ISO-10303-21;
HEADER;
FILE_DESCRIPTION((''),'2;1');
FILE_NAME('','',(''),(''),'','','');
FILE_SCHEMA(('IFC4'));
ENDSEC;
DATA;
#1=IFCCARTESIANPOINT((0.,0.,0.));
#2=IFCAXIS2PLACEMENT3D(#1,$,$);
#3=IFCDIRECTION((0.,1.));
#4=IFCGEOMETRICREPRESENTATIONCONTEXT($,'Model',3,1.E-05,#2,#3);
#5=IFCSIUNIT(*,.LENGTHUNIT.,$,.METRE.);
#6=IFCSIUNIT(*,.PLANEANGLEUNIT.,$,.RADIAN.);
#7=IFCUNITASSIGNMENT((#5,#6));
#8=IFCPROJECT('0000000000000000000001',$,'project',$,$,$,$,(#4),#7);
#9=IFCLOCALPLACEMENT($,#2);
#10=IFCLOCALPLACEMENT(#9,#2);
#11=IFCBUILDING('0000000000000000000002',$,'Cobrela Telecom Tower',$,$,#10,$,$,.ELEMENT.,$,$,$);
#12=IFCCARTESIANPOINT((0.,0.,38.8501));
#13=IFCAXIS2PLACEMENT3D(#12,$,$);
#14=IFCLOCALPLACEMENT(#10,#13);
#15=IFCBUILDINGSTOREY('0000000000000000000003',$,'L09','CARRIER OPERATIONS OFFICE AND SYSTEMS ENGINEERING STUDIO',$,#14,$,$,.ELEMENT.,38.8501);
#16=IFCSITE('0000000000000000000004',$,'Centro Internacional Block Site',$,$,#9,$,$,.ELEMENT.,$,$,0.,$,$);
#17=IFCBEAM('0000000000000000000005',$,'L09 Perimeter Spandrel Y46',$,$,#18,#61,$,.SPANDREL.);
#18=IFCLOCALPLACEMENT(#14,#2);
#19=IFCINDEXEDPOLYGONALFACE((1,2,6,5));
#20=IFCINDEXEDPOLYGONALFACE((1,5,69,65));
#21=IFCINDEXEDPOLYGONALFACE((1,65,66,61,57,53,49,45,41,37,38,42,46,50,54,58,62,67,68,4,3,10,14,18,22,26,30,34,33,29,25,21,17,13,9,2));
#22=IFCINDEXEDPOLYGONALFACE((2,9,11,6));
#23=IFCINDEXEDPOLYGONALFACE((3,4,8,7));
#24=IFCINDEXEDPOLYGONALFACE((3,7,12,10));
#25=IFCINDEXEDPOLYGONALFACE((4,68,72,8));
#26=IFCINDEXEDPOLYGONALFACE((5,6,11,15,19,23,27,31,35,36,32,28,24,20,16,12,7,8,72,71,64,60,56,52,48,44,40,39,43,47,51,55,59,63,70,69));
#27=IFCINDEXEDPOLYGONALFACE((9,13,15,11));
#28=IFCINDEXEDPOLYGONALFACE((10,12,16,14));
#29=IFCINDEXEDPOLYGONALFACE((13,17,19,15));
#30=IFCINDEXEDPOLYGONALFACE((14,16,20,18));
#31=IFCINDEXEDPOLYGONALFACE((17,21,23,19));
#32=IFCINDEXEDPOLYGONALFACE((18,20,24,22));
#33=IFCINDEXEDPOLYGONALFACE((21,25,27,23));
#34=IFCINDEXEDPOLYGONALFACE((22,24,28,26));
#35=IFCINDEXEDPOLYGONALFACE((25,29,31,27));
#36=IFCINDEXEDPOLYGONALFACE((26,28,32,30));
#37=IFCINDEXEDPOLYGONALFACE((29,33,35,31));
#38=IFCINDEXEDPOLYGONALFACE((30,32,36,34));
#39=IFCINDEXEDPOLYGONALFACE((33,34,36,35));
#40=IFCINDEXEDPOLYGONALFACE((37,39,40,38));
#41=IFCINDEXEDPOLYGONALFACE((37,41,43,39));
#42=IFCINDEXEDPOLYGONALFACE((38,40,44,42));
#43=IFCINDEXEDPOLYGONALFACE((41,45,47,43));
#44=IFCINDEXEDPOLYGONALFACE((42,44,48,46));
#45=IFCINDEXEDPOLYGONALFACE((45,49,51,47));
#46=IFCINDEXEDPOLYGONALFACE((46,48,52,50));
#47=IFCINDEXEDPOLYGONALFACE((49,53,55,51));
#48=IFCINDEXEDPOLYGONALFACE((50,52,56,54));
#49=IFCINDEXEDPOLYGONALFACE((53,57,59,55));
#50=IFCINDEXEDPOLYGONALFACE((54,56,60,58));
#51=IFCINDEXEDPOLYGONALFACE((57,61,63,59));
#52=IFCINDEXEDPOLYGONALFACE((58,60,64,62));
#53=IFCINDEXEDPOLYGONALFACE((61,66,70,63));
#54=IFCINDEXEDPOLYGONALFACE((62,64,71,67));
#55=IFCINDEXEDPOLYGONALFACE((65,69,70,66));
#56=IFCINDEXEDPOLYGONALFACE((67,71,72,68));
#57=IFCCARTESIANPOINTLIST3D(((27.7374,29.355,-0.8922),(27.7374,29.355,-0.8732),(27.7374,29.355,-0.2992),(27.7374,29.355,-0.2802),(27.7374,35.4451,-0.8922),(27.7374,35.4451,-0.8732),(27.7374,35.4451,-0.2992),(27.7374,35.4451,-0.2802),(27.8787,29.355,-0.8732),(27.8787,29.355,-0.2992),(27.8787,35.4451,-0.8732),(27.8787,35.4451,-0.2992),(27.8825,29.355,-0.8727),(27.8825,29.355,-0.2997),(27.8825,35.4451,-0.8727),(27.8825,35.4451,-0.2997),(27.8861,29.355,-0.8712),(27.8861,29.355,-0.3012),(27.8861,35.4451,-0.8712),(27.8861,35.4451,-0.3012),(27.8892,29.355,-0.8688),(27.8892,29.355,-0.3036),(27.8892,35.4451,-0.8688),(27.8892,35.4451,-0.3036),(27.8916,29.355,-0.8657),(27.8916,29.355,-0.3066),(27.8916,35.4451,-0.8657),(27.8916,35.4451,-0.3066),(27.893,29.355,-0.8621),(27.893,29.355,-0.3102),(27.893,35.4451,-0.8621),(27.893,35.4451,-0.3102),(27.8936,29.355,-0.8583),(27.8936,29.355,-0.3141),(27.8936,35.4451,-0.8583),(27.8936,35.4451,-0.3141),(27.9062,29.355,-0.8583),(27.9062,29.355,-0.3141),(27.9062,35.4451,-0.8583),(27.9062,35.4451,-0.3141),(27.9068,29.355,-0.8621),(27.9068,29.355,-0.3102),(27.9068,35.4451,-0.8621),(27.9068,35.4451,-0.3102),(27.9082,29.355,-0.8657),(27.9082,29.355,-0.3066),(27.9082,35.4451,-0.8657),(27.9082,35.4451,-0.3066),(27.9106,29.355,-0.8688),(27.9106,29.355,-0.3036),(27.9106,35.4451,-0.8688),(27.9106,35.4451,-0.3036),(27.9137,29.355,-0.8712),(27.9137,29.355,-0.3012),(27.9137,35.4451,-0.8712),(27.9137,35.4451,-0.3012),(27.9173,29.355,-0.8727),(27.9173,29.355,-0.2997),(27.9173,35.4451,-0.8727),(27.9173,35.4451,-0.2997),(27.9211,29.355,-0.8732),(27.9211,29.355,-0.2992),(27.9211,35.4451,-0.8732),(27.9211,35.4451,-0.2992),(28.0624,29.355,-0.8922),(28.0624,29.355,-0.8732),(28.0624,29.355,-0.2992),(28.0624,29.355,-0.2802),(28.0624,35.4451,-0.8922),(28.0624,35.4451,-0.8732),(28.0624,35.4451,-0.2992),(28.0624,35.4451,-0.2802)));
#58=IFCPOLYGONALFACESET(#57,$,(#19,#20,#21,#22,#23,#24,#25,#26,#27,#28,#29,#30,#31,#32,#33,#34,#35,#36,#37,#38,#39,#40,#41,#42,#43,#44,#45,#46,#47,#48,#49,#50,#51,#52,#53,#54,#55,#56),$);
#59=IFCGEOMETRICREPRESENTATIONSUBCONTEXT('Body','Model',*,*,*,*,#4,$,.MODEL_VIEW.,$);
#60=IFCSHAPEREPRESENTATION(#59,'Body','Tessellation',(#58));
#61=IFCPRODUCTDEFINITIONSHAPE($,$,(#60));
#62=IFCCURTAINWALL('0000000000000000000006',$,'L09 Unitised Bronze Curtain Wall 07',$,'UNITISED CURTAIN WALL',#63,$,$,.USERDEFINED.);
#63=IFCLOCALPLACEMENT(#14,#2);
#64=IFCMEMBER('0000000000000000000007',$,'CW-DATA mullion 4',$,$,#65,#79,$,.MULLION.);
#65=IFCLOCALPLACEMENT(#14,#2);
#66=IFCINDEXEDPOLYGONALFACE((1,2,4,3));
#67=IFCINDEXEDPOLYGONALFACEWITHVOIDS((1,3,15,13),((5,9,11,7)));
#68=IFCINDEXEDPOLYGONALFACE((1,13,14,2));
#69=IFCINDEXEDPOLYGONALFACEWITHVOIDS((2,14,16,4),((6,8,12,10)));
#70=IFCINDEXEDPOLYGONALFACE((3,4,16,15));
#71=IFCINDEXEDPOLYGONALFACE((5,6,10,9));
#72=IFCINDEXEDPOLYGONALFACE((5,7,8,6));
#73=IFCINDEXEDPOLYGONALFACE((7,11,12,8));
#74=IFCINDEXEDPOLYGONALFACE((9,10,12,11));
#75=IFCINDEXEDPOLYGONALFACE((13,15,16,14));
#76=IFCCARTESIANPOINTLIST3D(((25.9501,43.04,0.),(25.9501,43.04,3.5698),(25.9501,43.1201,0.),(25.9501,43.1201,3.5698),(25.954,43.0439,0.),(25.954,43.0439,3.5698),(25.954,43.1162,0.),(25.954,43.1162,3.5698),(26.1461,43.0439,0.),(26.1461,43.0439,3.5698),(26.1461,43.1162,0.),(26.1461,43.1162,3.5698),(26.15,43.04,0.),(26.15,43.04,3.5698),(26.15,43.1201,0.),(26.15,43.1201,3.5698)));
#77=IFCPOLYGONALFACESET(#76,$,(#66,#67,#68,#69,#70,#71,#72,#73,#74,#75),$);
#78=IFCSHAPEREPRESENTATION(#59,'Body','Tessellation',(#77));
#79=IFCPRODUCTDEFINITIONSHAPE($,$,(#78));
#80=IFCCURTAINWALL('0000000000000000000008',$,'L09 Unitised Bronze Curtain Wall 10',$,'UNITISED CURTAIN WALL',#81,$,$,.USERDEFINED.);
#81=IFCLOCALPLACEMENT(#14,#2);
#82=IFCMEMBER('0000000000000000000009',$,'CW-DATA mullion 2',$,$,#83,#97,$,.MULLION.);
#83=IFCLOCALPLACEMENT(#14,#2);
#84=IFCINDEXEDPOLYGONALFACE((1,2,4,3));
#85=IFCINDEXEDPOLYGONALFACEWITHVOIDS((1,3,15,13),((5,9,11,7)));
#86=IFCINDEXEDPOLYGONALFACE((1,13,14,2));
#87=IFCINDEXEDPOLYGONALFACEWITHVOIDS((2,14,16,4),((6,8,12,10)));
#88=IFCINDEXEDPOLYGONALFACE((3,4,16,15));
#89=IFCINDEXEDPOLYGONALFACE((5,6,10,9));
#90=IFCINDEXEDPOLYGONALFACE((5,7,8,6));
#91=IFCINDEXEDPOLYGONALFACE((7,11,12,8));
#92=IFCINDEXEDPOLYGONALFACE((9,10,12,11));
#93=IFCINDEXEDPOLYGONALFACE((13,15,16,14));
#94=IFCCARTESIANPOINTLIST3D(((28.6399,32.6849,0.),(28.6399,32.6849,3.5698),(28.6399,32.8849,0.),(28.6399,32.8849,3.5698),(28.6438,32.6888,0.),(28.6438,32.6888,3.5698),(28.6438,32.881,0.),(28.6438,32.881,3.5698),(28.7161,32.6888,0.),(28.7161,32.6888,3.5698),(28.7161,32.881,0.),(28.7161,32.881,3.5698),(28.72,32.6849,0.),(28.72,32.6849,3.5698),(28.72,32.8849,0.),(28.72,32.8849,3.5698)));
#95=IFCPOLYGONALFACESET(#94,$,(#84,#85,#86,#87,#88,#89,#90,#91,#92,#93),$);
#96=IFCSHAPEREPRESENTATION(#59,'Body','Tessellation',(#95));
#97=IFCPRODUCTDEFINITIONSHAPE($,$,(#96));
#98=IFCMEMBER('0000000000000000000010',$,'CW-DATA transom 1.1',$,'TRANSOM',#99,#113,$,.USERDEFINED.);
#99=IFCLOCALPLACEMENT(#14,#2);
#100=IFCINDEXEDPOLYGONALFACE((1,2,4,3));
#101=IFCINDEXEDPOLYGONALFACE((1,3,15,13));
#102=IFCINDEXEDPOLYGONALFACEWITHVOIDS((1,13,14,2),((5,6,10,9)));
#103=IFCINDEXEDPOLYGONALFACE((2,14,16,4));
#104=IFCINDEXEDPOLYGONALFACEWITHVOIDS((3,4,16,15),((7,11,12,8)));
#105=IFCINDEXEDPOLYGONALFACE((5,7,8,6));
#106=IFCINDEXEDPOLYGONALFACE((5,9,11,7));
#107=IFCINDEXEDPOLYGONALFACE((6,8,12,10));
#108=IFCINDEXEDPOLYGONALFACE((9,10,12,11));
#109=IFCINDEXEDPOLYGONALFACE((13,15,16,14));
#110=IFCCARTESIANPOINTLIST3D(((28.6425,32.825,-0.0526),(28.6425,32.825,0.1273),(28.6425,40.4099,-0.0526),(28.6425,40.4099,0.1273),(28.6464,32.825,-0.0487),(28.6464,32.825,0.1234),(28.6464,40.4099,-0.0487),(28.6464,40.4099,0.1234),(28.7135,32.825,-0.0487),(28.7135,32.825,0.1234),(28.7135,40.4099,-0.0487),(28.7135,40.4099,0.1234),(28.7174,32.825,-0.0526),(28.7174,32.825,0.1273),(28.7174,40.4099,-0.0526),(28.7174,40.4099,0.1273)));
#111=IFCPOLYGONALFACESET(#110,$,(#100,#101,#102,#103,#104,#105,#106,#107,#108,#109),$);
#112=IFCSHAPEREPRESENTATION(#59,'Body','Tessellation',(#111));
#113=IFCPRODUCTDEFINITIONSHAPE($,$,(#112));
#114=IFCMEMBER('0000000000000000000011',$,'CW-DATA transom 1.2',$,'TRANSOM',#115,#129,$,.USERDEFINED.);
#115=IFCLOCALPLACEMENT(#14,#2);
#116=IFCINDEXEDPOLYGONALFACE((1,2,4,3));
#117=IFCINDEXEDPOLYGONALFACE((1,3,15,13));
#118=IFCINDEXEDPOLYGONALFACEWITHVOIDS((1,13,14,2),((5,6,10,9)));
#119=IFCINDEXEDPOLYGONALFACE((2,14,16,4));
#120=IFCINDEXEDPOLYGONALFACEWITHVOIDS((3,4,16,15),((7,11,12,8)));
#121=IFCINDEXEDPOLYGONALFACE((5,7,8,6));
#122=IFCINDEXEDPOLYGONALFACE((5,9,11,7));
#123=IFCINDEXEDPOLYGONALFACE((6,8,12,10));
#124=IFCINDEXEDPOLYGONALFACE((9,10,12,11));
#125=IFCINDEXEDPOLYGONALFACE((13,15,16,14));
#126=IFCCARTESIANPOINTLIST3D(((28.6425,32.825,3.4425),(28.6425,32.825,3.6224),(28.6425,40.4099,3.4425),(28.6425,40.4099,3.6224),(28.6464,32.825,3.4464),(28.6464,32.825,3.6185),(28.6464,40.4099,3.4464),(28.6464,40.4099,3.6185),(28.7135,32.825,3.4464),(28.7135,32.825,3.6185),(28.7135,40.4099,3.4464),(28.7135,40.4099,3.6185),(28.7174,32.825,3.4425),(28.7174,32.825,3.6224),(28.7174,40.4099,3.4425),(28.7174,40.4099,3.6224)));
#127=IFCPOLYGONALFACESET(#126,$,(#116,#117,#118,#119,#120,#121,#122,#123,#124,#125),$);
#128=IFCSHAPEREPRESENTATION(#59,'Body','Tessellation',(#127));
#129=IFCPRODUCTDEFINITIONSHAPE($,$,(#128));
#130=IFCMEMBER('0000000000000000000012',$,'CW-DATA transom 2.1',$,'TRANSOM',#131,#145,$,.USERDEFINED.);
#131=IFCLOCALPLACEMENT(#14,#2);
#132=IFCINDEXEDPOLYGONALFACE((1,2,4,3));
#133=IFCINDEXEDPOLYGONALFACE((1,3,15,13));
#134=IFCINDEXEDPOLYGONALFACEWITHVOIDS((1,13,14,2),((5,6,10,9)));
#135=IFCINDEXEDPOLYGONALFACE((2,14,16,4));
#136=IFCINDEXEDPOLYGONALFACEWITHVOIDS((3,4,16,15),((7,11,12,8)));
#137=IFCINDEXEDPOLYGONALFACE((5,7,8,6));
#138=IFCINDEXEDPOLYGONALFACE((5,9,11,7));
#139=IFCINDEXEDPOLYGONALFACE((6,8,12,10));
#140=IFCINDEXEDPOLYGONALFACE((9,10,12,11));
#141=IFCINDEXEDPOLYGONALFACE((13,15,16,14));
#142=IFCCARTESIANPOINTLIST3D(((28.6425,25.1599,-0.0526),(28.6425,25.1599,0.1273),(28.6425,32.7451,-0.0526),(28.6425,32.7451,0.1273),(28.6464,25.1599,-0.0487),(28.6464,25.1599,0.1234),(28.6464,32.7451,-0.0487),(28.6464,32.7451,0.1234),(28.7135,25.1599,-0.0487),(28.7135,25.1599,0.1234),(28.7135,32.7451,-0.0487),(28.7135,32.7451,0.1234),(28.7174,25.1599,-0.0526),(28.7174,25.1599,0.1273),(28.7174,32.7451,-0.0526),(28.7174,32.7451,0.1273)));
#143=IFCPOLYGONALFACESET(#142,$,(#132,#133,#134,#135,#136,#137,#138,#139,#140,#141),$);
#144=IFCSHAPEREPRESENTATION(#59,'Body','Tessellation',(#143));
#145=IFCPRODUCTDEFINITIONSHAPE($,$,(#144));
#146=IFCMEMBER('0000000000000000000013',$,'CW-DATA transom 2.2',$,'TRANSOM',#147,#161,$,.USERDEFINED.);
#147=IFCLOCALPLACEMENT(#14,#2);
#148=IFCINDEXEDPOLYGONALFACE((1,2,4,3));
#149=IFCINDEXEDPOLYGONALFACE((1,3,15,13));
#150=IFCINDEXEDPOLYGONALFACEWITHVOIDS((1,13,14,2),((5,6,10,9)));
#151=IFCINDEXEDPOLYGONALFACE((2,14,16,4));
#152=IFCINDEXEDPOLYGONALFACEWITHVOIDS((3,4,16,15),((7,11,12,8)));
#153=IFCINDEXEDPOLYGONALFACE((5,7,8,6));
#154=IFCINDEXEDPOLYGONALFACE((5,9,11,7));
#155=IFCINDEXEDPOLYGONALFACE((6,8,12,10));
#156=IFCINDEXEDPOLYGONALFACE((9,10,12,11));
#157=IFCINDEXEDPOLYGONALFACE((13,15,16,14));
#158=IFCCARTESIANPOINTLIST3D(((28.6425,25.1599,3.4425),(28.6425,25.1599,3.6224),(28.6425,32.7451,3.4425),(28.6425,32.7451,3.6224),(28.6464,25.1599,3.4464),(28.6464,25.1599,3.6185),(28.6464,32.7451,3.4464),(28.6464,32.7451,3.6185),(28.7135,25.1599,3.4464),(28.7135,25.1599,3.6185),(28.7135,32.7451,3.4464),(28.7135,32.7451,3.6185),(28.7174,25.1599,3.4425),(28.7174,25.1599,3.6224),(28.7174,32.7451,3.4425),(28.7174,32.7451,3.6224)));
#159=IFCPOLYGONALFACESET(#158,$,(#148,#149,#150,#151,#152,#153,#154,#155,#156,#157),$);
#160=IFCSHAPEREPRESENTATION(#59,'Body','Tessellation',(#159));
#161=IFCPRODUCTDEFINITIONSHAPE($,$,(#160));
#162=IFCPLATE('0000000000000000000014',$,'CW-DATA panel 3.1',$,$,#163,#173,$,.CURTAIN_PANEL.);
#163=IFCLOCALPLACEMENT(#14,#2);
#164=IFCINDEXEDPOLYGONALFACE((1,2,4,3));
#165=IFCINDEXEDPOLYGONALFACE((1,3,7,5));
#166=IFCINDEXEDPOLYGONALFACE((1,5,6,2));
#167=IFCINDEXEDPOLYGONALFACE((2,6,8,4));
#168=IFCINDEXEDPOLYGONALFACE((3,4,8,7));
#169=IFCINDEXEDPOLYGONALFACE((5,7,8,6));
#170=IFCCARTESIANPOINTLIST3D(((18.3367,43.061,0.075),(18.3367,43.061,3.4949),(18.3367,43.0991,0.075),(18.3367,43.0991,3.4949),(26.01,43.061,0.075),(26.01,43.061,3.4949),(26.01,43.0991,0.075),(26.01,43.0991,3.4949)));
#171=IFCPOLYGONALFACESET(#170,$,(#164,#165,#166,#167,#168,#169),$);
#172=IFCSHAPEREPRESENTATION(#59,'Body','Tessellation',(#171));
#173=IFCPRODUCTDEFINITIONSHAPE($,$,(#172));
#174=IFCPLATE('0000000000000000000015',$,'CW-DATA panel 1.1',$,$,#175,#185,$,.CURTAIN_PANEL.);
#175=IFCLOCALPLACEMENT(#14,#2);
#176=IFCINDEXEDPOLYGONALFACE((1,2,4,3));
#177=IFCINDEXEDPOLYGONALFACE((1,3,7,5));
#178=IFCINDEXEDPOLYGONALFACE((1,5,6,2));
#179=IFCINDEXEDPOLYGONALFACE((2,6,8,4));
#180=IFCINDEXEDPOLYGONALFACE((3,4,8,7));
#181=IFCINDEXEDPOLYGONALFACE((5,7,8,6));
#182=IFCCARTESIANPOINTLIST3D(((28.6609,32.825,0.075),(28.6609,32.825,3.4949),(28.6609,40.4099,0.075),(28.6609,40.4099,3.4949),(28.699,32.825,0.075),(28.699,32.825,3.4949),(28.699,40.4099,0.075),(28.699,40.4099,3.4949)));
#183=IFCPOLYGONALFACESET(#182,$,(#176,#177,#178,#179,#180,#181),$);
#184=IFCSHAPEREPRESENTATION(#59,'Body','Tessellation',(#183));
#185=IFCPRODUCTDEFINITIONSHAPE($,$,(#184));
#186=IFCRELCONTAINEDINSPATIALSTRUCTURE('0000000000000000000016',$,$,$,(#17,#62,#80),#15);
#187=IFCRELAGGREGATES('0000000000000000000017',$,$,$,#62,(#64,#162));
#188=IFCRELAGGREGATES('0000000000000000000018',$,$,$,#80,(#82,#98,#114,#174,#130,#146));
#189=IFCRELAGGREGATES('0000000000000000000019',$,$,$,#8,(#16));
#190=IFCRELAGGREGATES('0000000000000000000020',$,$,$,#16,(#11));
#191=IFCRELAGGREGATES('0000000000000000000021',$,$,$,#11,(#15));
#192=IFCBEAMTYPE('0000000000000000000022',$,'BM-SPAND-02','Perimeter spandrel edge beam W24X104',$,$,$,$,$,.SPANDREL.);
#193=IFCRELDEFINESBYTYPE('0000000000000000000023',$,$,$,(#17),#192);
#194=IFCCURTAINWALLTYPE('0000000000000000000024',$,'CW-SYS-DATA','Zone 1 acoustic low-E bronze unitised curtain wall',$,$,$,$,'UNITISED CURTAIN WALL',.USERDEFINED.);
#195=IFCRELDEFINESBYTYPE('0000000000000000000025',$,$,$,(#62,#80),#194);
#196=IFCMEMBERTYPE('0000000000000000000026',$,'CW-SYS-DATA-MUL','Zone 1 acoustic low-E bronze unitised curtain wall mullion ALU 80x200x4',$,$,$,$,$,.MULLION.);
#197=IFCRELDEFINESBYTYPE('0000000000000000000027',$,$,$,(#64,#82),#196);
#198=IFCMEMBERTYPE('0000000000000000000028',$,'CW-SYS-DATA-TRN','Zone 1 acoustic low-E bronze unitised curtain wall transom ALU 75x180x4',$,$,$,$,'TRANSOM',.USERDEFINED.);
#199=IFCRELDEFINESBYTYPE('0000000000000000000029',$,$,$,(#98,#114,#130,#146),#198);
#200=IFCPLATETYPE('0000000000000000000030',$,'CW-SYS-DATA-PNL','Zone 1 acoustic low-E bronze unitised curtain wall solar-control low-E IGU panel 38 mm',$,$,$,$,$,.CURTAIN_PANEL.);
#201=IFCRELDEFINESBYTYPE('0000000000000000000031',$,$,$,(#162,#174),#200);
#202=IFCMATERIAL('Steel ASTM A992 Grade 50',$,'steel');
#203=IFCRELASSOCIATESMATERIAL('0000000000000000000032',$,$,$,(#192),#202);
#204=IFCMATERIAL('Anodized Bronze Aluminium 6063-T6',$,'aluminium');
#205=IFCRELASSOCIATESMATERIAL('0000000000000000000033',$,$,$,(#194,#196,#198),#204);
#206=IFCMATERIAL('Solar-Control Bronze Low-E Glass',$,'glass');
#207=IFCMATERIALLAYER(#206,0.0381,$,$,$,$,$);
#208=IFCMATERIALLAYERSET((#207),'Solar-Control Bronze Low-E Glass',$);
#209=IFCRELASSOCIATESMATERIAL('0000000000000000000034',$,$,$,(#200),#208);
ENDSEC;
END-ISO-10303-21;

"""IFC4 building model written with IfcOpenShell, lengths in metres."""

from ifc_helpers import new_model, si_unit, direction, frame, origin, origin_2d, place, context, subcontext, project, spatial, rectangle, hollow_rectangle, i_section, extrude, material, layer, layer_set, material_profile, profile_set, type_object, element, aggregate, save


model = new_model("IFC4")

# Units and contexts
model_context = context("Model", 3, precision=1e-05, world=origin(), true_north=direction((0.0, 1.0)))
body_context = subcontext(model_context, "Body", "Model", "MODEL_VIEW")
ifc_project = project(units=[si_unit("LENGTHUNIT", "METRE"), si_unit("PLANEANGLEUNIT", "RADIAN")], contexts=[model_context])

# Site, building, storey
site_placement = place(None, origin())
site = spatial("IfcSite", under=ifc_project, at=site_placement, Name="Centro Internacional Block Site", CompositionType="ELEMENT", RefElevation=0.0)
building_placement = place(site_placement, origin())
building = spatial("IfcBuilding", under=site, at=building_placement, Name="Cobrela Telecom Tower", CompositionType="ELEMENT")
storey_placement = place(building_placement, frame((0.0, 0.0, 38.8501)))
storey = spatial("IfcBuildingStorey", under=building, at=storey_placement, Name="L09", Description="CARRIER OPERATIONS OFFICE AND SYSTEMS ENGINEERING STUDIO", CompositionType="ELEMENT", Elevation=38.8501)

# Shared definitions
ifc_material_1 = material(Name="Steel ASTM A992 Grade 50", Category="steel")

# Beam
ifc_material_profile_1 = material_profile(ifc_material_1, i_section(OverallWidth=0.325, OverallDepth=0.6121, WebThickness=0.0127, FlangeThickness=0.019, FilletRadius=0.0149, at=origin_2d()), Name="W24X104")
ifc_profile_set_1 = profile_set([ifc_material_profile_1], Name="Steel ASTM A992 Grade 50")
beam_type_1 = type_object("IfcBeamType", Name="BM-SPAND-02", Description="Perimeter spandrel edge beam W24X104", PredefinedType="SPANDREL", material=ifc_profile_set_1)
beam_1_placement = place(storey_placement, frame((27.8999, 29.355, -0.5862), z_axis=(0.0, 1.0, 0.0), x_axis=(-1.0, 0.0, 0.0)))
element("IfcBeam", 1, at=beam_1_placement, inside=storey, type_object=beam_type_1, Name="L09 Perimeter Spandrel Y46", PredefinedType="SPANDREL", context=body_context, shape_type="SweptSolid", body=[
    extrude(i_section(OverallWidth=0.325, OverallDepth=0.6121, WebThickness=0.0127, FlangeThickness=0.019, FilletRadius=0.0149, at=origin_2d()), origin(), (0.0, 0.0, 1.0), 6.0901),
])

# Curtain wall, member
ifc_material_2 = material(Name="Anodized Bronze Aluminium 6063-T6", Category="aluminium")
curtain_wall_type = type_object("IfcCurtainWallType", Name="CW-SYS-DATA", Description="Zone 1 acoustic low-E bronze unitised curtain wall", ElementType="UNITISED CURTAIN WALL", PredefinedType="USERDEFINED", material=ifc_material_2)
curtain_wall_1_placement = place(storey_placement, origin())
curtain_wall_1 = element("IfcCurtainWall", 2, at=curtain_wall_1_placement, inside=storey, type_object=curtain_wall_type, Name="L09 Unitised Bronze Curtain Wall 07", ObjectType="UNITISED CURTAIN WALL", PredefinedType="USERDEFINED")
ifc_material_profile_2 = material_profile(ifc_material_2, hollow_rectangle(XDim=0.0801, YDim=0.2, WallThickness=0.0039, at=origin_2d()), Name="ALU 80x200x4")
ifc_profile_set_2 = profile_set([ifc_material_profile_2], Name="Anodized Bronze Aluminium 6063-T6")
member_type_1 = type_object("IfcMemberType", Name="CW-SYS-DATA-MUL", Description="Zone 1 acoustic low-E bronze unitised curtain wall mullion ALU 80x200x4", PredefinedType="MULLION", material=ifc_profile_set_2)
member_1_placement = place(storey_placement, frame((26.05, 43.0801, 0.0), z_axis=(0.0, 0.0, 1.0), x_axis=(0.0, 1.0, 0.0)))
member_1 = element("IfcMember", 3, at=member_1_placement, type_object=member_type_1, Name="CW-DATA mullion 4", PredefinedType="MULLION", context=body_context, shape_type="SweptSolid", body=[
    extrude(hollow_rectangle(XDim=0.0801, YDim=0.2, WallThickness=0.0039, at=origin_2d()), origin(), (0.0, 0.0, 1.0), 3.5698),
])

# Curtain wall, members
curtain_wall_2_placement = place(storey_placement, origin())
curtain_wall_2 = element("IfcCurtainWall", 4, at=curtain_wall_2_placement, inside=storey, type_object=curtain_wall_type, Name="L09 Unitised Bronze Curtain Wall 10", ObjectType="UNITISED CURTAIN WALL", PredefinedType="USERDEFINED")
member_2_placement = place(storey_placement, frame((28.6799, 32.7849, 0.0), z_axis=(0.0, 0.0, 1.0), x_axis=(1.0, 0.0, 0.0)))
member_2 = element("IfcMember", 5, at=member_2_placement, type_object=member_type_1, Name="CW-DATA mullion 2", PredefinedType="MULLION", context=body_context, shape_type="SweptSolid", body=[
    extrude(hollow_rectangle(XDim=0.0801, YDim=0.2, WallThickness=0.0039, at=origin_2d()), origin(), (0.0, 0.0, 1.0), 3.5698),
])
ifc_material_profile_3 = material_profile(ifc_material_2, hollow_rectangle(XDim=0.075, YDim=0.1799, WallThickness=0.0039, at=origin_2d()), Name="ALU 75x180x4")
ifc_profile_set_3 = profile_set([ifc_material_profile_3], Name="Anodized Bronze Aluminium 6063-T6")
member_type_2 = type_object("IfcMemberType", Name="CW-SYS-DATA-TRN", Description="Zone 1 acoustic low-E bronze unitised curtain wall transom ALU 75x180x4", ElementType="TRANSOM", PredefinedType="USERDEFINED", material=ifc_profile_set_3)
member_3_placement = place(storey_placement, frame((28.6799, 40.4099, 0.0374), z_axis=(0.0, -1.0, 0.0), x_axis=(1.0, 0.0, 0.0)))
member_3 = element("IfcMember", 6, at=member_3_placement, type_object=member_type_2, Name="CW-DATA transom 1.1", ObjectType="TRANSOM", PredefinedType="USERDEFINED", context=body_context, shape_type="SweptSolid", body=[
    extrude(hollow_rectangle(XDim=0.075, YDim=0.1799, WallThickness=0.0039, at=origin_2d()), origin(), (0.0, 0.0, 1.0), 7.585),
])
member_4_placement = place(storey_placement, frame((28.6799, 40.4099, 3.5325), z_axis=(0.0, -1.0, 0.0), x_axis=(1.0, 0.0, 0.0)))
member_4 = element("IfcMember", 7, at=member_4_placement, type_object=member_type_2, Name="CW-DATA transom 1.2", ObjectType="TRANSOM", PredefinedType="USERDEFINED", context=body_context, shape_type="SweptSolid", body=[
    extrude(hollow_rectangle(XDim=0.075, YDim=0.1799, WallThickness=0.0039, at=origin_2d()), origin(), (0.0, 0.0, 1.0), 7.585),
])
member_5_placement = place(storey_placement, frame((28.6799, 32.7451, 0.0374), z_axis=(0.0, -1.0, 0.0), x_axis=(1.0, 0.0, 0.0)))
member_5 = element("IfcMember", 8, at=member_5_placement, type_object=member_type_2, Name="CW-DATA transom 2.1", ObjectType="TRANSOM", PredefinedType="USERDEFINED", context=body_context, shape_type="SweptSolid", body=[
    extrude(hollow_rectangle(XDim=0.075, YDim=0.1799, WallThickness=0.0039, at=origin_2d()), origin(), (0.0, 0.0, 1.0), 7.5852),
])
member_6_placement = place(storey_placement, frame((28.6799, 32.7451, 3.5325), z_axis=(0.0, -1.0, 0.0), x_axis=(1.0, 0.0, 0.0)))
member_6 = element("IfcMember", 9, at=member_6_placement, type_object=member_type_2, Name="CW-DATA transom 2.2", ObjectType="TRANSOM", PredefinedType="USERDEFINED", context=body_context, shape_type="SweptSolid", body=[
    extrude(hollow_rectangle(XDim=0.075, YDim=0.1799, WallThickness=0.0039, at=origin_2d()), origin(), (0.0, 0.0, 1.0), 7.5852),
])

# Plates
ifc_material_3 = material(Name="Solar-Control Bronze Low-E Glass", Category="glass")
ifc_layer_1 = layer(ifc_material_3, 0.0381)
ifc_layer_set_1 = layer_set([ifc_layer_1], Name="Solar-Control Bronze Low-E Glass")
plate_type = type_object("IfcPlateType", Name="CW-SYS-DATA-PNL", Description="Zone 1 acoustic low-E bronze unitised curtain wall solar-control low-E IGU panel 38 mm", PredefinedType="CURTAIN_PANEL", material=ifc_layer_set_1)
plate_1_placement = place(storey_placement, frame((22.1733, 43.0801, 0.075), z_axis=(0.0, 0.0, 1.0), x_axis=(1.0, 0.0, 0.0)))
plate_1 = element("IfcPlate", 10, at=plate_1_placement, type_object=plate_type, Name="CW-DATA panel 3.1", PredefinedType="CURTAIN_PANEL", context=body_context, shape_type="SweptSolid", body=[
    extrude(rectangle(XDim=7.6733, YDim=0.0381, at=origin_2d()), origin(), (0.0, 0.0, 1.0), 3.4199),
])
aggregate(curtain_wall_1, [member_1, plate_1])
plate_2_placement = place(storey_placement, frame((28.6799, 36.6174, 0.075), z_axis=(0.0, 0.0, 1.0), x_axis=(0.0, -1.0, 0.0)))
plate_2 = element("IfcPlate", 11, at=plate_2_placement, type_object=plate_type, Name="CW-DATA panel 1.1", PredefinedType="CURTAIN_PANEL", context=body_context, shape_type="SweptSolid", body=[
    extrude(rectangle(XDim=7.585, YDim=0.0381, at=origin_2d()), origin(), (0.0, 0.0, 1.0), 3.4199),
])
aggregate(curtain_wall_2, [member_2, member_3, member_4, plate_2, member_5, member_6])

save(model, "model.ifc")
